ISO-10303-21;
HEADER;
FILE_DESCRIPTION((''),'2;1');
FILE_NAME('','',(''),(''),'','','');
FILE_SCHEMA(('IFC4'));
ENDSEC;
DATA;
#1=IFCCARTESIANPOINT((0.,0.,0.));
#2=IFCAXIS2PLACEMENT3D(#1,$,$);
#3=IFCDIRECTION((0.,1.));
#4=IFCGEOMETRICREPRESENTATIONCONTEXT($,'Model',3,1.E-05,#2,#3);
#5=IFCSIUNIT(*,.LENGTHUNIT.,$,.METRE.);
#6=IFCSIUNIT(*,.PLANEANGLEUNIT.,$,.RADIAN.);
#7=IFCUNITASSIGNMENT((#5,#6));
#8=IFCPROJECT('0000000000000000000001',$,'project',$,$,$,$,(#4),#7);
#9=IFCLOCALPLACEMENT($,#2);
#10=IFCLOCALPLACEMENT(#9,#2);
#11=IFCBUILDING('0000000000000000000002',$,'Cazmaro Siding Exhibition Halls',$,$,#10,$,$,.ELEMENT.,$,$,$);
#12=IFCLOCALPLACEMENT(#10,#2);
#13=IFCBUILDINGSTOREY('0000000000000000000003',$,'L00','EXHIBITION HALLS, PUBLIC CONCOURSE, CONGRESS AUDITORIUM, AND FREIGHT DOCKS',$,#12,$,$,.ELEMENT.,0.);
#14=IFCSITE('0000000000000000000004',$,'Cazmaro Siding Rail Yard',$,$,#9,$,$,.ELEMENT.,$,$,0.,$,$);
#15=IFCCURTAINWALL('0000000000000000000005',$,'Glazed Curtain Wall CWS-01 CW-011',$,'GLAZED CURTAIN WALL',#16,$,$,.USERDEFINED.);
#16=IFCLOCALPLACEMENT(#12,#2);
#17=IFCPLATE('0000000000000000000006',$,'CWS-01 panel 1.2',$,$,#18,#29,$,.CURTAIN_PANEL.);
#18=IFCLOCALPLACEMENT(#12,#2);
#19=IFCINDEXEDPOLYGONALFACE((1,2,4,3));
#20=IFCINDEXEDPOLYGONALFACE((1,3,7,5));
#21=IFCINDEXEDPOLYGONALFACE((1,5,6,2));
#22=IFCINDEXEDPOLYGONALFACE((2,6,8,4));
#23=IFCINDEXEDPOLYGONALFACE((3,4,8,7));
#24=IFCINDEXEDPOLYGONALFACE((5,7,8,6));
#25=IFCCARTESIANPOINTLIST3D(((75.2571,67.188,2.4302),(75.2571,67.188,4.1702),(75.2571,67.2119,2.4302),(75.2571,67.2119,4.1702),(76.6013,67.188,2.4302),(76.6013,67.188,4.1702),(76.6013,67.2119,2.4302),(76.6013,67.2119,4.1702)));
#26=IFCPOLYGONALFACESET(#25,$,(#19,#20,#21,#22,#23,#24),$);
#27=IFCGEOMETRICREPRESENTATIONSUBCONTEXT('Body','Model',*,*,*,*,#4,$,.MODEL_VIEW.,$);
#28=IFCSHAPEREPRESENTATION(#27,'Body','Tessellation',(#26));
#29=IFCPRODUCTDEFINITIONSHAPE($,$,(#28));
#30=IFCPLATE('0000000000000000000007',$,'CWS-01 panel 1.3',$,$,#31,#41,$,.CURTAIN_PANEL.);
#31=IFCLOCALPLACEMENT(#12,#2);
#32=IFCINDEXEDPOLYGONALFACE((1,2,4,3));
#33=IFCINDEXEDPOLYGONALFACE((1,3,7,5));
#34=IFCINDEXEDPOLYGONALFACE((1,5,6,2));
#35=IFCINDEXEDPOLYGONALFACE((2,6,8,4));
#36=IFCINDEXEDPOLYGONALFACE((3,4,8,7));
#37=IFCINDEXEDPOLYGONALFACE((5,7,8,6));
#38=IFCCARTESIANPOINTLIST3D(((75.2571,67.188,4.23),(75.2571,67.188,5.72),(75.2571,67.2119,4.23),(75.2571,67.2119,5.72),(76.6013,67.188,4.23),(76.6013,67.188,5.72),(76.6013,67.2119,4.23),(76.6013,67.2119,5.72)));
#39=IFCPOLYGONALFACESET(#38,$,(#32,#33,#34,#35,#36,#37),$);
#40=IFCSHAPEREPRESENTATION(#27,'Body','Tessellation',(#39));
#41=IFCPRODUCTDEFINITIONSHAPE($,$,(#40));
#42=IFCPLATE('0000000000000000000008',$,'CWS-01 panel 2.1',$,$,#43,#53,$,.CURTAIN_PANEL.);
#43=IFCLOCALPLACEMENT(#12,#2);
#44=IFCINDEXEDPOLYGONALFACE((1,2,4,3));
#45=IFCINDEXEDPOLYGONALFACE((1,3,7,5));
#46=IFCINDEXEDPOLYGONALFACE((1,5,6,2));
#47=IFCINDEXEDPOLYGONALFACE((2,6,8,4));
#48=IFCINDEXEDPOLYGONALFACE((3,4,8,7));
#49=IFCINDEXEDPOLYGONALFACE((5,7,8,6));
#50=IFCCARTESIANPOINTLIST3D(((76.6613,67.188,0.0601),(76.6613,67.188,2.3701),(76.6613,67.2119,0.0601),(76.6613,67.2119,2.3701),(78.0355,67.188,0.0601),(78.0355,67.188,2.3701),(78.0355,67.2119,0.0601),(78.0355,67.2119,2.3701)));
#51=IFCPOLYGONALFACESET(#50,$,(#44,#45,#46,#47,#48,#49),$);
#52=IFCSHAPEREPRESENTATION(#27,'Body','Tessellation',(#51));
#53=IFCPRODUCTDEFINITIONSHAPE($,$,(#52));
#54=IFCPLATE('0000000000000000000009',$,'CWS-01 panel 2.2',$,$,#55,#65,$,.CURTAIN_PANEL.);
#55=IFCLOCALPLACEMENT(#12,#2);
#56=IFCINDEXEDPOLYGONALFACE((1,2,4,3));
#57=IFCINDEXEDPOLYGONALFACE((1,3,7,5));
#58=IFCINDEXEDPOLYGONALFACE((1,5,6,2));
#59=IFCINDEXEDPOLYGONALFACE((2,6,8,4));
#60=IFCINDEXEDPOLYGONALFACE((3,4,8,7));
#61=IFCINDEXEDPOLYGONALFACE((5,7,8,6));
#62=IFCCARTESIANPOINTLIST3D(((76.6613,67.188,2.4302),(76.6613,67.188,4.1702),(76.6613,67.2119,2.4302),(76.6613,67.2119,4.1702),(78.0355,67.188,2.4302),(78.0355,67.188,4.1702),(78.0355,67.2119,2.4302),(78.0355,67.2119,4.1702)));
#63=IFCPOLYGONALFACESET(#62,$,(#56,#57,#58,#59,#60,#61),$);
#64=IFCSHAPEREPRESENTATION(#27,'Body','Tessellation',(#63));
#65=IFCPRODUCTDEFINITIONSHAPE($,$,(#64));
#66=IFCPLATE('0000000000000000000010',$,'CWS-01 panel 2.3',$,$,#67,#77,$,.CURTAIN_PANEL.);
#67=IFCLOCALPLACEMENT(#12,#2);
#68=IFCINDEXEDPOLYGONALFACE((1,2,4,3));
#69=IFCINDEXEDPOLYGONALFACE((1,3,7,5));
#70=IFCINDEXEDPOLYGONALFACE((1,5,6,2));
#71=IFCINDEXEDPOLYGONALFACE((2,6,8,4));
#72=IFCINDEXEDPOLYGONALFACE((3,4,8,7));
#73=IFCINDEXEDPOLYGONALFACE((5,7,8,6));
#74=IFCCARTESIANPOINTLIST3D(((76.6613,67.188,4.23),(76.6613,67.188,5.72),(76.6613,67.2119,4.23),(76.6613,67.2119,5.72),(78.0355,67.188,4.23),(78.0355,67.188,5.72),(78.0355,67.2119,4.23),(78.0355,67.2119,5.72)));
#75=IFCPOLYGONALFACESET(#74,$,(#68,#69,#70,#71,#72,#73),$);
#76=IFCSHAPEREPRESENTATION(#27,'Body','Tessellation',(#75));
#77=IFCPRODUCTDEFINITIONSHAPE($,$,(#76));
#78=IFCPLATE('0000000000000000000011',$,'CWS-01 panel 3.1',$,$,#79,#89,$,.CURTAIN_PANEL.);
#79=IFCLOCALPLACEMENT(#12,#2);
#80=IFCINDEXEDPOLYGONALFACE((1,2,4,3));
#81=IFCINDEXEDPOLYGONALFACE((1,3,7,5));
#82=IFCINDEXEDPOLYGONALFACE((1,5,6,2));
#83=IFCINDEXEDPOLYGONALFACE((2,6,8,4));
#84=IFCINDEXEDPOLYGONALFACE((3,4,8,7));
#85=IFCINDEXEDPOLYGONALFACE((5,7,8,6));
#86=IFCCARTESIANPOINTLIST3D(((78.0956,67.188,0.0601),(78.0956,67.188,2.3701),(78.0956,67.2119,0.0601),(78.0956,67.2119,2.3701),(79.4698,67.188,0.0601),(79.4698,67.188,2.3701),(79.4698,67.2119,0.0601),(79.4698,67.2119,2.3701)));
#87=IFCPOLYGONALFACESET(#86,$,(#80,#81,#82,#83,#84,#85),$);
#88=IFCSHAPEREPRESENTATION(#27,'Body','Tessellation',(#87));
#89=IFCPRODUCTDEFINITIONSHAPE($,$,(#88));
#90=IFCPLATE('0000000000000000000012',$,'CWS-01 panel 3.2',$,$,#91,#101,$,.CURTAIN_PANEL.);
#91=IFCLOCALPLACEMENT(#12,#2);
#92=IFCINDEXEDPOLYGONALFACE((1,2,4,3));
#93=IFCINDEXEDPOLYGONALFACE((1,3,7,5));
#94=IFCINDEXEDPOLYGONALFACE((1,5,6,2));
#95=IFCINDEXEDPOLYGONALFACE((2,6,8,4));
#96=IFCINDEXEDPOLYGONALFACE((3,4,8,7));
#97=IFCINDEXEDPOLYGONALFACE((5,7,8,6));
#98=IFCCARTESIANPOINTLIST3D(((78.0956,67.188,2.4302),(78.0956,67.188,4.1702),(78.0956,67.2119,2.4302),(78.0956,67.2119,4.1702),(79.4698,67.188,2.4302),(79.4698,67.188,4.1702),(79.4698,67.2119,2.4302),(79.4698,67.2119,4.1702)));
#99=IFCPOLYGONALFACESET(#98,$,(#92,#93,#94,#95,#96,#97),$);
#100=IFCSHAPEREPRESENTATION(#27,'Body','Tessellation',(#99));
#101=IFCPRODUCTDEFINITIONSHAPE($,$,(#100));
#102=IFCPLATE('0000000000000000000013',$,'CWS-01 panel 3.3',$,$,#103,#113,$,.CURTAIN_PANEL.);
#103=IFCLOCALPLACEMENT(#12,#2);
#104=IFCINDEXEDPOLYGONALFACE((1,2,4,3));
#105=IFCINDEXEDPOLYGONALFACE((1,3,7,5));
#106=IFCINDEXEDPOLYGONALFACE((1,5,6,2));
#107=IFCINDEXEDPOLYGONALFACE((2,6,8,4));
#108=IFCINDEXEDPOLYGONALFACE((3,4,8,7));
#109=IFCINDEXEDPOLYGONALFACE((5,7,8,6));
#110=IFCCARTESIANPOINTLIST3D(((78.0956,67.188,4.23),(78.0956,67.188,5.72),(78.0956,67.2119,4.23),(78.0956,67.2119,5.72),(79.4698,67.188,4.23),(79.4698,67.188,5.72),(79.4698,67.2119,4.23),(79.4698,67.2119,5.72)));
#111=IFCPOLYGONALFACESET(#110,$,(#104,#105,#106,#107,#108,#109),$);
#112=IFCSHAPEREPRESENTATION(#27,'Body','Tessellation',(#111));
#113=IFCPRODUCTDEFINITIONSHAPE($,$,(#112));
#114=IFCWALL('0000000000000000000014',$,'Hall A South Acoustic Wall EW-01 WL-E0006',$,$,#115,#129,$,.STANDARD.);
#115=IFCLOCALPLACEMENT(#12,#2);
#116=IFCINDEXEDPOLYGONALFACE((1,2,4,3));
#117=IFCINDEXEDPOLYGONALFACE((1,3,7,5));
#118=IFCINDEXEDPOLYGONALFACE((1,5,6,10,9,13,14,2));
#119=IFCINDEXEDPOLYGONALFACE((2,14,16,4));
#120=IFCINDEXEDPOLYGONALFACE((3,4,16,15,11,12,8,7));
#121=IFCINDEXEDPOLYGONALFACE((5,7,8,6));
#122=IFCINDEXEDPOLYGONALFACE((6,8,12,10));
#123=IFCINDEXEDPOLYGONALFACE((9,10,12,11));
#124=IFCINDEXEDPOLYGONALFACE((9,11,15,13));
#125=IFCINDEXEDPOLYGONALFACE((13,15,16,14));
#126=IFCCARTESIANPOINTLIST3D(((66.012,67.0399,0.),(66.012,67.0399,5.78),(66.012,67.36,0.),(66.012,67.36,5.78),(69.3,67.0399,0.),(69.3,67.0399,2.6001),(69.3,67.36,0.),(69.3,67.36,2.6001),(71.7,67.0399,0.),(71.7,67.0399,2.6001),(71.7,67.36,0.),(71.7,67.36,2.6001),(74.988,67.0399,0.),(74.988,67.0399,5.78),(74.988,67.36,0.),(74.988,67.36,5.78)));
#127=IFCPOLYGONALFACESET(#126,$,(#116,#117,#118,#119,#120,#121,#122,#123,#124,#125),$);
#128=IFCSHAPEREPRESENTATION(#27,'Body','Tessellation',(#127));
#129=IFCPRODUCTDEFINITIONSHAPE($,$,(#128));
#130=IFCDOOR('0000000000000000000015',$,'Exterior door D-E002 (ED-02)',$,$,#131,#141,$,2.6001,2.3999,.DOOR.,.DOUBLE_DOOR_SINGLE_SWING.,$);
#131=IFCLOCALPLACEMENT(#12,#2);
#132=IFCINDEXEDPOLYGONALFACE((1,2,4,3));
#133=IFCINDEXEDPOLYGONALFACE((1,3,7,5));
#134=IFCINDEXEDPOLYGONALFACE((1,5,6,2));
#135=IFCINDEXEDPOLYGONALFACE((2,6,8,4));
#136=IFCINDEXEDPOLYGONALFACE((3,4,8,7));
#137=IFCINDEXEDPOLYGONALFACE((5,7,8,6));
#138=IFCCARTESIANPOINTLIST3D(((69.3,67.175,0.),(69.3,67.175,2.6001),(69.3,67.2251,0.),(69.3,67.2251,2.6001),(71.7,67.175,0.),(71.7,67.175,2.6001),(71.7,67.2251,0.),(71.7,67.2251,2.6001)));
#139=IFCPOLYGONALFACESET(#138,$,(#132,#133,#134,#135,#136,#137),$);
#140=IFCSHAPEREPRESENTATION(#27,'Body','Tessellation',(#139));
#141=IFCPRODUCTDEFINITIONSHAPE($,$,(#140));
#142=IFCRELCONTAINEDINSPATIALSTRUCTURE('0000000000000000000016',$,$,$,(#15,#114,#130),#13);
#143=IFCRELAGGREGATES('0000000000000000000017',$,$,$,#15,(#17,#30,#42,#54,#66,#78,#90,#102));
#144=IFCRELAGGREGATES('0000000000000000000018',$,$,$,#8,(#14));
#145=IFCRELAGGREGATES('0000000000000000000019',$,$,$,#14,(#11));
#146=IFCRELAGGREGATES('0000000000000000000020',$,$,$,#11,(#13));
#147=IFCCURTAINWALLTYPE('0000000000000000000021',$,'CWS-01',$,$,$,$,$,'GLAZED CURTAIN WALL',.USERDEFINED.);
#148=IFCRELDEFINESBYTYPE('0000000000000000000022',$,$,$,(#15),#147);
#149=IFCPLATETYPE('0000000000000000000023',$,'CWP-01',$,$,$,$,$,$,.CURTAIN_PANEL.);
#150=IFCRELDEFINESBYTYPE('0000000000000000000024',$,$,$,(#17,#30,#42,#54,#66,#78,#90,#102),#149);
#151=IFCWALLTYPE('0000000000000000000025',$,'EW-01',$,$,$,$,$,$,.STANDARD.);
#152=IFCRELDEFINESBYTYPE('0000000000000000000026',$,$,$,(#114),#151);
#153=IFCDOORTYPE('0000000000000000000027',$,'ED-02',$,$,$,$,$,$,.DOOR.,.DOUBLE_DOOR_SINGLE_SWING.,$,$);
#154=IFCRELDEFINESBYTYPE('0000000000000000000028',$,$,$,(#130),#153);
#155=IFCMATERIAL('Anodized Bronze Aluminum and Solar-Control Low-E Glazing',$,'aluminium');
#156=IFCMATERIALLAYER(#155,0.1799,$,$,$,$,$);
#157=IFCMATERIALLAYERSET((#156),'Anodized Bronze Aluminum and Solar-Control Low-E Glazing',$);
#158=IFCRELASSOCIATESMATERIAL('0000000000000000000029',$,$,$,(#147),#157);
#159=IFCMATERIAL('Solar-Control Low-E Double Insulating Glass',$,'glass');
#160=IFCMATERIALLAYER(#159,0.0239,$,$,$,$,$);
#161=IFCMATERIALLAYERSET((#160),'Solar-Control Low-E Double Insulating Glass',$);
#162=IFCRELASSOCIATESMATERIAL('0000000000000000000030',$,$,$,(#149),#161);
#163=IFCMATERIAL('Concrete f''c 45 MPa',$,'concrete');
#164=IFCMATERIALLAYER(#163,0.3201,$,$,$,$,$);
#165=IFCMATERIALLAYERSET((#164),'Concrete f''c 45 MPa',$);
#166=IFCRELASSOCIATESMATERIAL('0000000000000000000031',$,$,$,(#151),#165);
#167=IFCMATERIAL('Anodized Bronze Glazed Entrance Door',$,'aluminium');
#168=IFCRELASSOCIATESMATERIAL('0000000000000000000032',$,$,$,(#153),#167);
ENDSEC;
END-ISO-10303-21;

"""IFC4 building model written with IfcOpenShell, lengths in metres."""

from ifc_helpers import new_model, si_unit, direction, frame, frame_2d, origin, origin_2d, place, context, subcontext, project, spatial, rectangle, extrude, material, layer, layer_set, type_object, element, fill, aggregate, save


model = new_model("IFC4")

# Units and contexts
model_context = context("Model", 3, precision=1e-05, world=origin(), true_north=direction((0.0, 1.0)))
body_context = subcontext(model_context, "Body", "Model", "MODEL_VIEW")
ifc_project = project(units=[si_unit("LENGTHUNIT", "METRE"), si_unit("PLANEANGLEUNIT", "RADIAN")], contexts=[model_context])

# Site, building, storey
site_placement = place(None, origin())
site = spatial("IfcSite", under=ifc_project, at=site_placement, Name="Cazmaro Siding Rail Yard", CompositionType="ELEMENT", RefElevation=0.0)
building_placement = place(site_placement, origin())
building = spatial("IfcBuilding", under=site, at=building_placement, Name="Cazmaro Siding Exhibition Halls", CompositionType="ELEMENT")
storey_placement = place(building_placement, origin())
storey = spatial("IfcBuildingStorey", under=building, at=storey_placement, Name="L00", Description="EXHIBITION HALLS, PUBLIC CONCOURSE, CONGRESS AUDITORIUM, AND FREIGHT DOCKS", CompositionType="ELEMENT", Elevation=0.0)

# Curtain wall
ifc_material_1 = material(Name="Anodized Bronze Aluminum and Solar-Control Low-E Glazing", Category="aluminium")
ifc_layer_1 = layer(ifc_material_1, 0.1799)
ifc_layer_set_1 = layer_set([ifc_layer_1], Name="Anodized Bronze Aluminum and Solar-Control Low-E Glazing")
curtain_wall_type = type_object("IfcCurtainWallType", Name="CWS-01", ElementType="GLAZED CURTAIN WALL", PredefinedType="USERDEFINED", material=ifc_layer_set_1)
curtain_wall_1_placement = place(storey_placement, origin())
curtain_wall_1 = element("IfcCurtainWall", 1, at=curtain_wall_1_placement, inside=storey, type_object=curtain_wall_type, Name="Glazed Curtain Wall CWS-01 CW-011", ObjectType="GLAZED CURTAIN WALL", PredefinedType="USERDEFINED")

# Plates
ifc_material_2 = material(Name="Solar-Control Low-E Double Insulating Glass", Category="glass")
ifc_layer_2 = layer(ifc_material_2, 0.0239)
ifc_layer_set_2 = layer_set([ifc_layer_2], Name="Solar-Control Low-E Double Insulating Glass")
plate_type = type_object("IfcPlateType", Name="CWP-01", PredefinedType="CURTAIN_PANEL", material=ifc_layer_set_2)
plate_1_placement = place(storey_placement, frame((75.9292, 67.2, 2.4302), z_axis=(0.0, 0.0, 1.0), x_axis=(1.0, 0.0, 0.0)))
plate_1 = element("IfcPlate", 2, at=plate_1_placement, type_object=plate_type, Name="CWS-01 panel 1.2", PredefinedType="CURTAIN_PANEL", context=body_context, shape_type="SweptSolid", body=[
    extrude(rectangle(XDim=1.3442, YDim=0.0239, at=origin_2d()), origin(), (0.0, 0.0, 1.0), 1.74),
])
plate_2_placement = place(storey_placement, frame((75.9292, 67.2, 4.23), z_axis=(0.0, 0.0, 1.0), x_axis=(1.0, 0.0, 0.0)))
plate_2 = element("IfcPlate", 3, at=plate_2_placement, type_object=plate_type, Name="CWS-01 panel 1.3", PredefinedType="CURTAIN_PANEL", context=body_context, shape_type="SweptSolid", body=[
    extrude(rectangle(XDim=1.3442, YDim=0.0239, at=origin_2d()), origin(), (0.0, 0.0, 1.0), 1.49),
])
plate_3_placement = place(storey_placement, frame((77.3484, 67.2, 0.0601), z_axis=(0.0, 0.0, 1.0), x_axis=(1.0, 0.0, 0.0)))
plate_3 = element("IfcPlate", 4, at=plate_3_placement, type_object=plate_type, Name="CWS-01 panel 2.1", PredefinedType="CURTAIN_PANEL", context=body_context, shape_type="SweptSolid", body=[
    extrude(rectangle(XDim=1.3743, YDim=0.0239, at=origin_2d()), origin(), (0.0, 0.0, 1.0), 2.3101),
])
plate_4_placement = place(storey_placement, frame((77.3484, 67.2, 2.4302), z_axis=(0.0, 0.0, 1.0), x_axis=(1.0, 0.0, 0.0)))
plate_4 = element("IfcPlate", 5, at=plate_4_placement, type_object=plate_type, Name="CWS-01 panel 2.2", PredefinedType="CURTAIN_PANEL", context=body_context, shape_type="SweptSolid", body=[
    extrude(rectangle(XDim=1.3743, YDim=0.0239, at=origin_2d()), origin(), (0.0, 0.0, 1.0), 1.74),
])
plate_5_placement = place(storey_placement, frame((77.3484, 67.2, 4.23), z_axis=(0.0, 0.0, 1.0), x_axis=(1.0, 0.0, 0.0)))
plate_5 = element("IfcPlate", 6, at=plate_5_placement, type_object=plate_type, Name="CWS-01 panel 2.3", PredefinedType="CURTAIN_PANEL", context=body_context, shape_type="SweptSolid", body=[
    extrude(rectangle(XDim=1.3743, YDim=0.0239, at=origin_2d()), origin(), (0.0, 0.0, 1.0), 1.49),
])
plate_6_placement = place(storey_placement, frame((78.7827, 67.2, 0.0601), z_axis=(0.0, 0.0, 1.0), x_axis=(1.0, 0.0, 0.0)))
plate_6 = element("IfcPlate", 7, at=plate_6_placement, type_object=plate_type, Name="CWS-01 panel 3.1", PredefinedType="CURTAIN_PANEL", context=body_context, shape_type="SweptSolid", body=[
    extrude(rectangle(XDim=1.3743, YDim=0.0239, at=origin_2d()), origin(), (0.0, 0.0, 1.0), 2.3101),
])
plate_7_placement = place(storey_placement, frame((78.7827, 67.2, 2.4302), z_axis=(0.0, 0.0, 1.0), x_axis=(1.0, 0.0, 0.0)))
plate_7 = element("IfcPlate", 8, at=plate_7_placement, type_object=plate_type, Name="CWS-01 panel 3.2", PredefinedType="CURTAIN_PANEL", context=body_context, shape_type="SweptSolid", body=[
    extrude(rectangle(XDim=1.3743, YDim=0.0239, at=origin_2d()), origin(), (0.0, 0.0, 1.0), 1.74),
])
plate_8_placement = place(storey_placement, frame((78.7827, 67.2, 4.23), z_axis=(0.0, 0.0, 1.0), x_axis=(1.0, 0.0, 0.0)))
plate_8 = element("IfcPlate", 9, at=plate_8_placement, type_object=plate_type, Name="CWS-01 panel 3.3", PredefinedType="CURTAIN_PANEL", context=body_context, shape_type="SweptSolid", body=[
    extrude(rectangle(XDim=1.3743, YDim=0.0239, at=origin_2d()), origin(), (0.0, 0.0, 1.0), 1.49),
])
aggregate(curtain_wall_1, [plate_1, plate_2, plate_3, plate_4, plate_5, plate_6, plate_7, plate_8])

# Wall, opening, door
ifc_material_3 = material(Name="Concrete f'c 45 MPa", Category="concrete")
ifc_layer_3 = layer(ifc_material_3, 0.3201)
ifc_layer_set_3 = layer_set([ifc_layer_3], Name="Concrete f'c 45 MPa")
wall_type = type_object("IfcWallType", Name="EW-01", PredefinedType="STANDARD", material=ifc_layer_set_3)
wall_placement = place(storey_placement, frame((74.988, 67.2, 0.0), z_axis=(0.0, 0.0, 1.0), x_axis=(-1.0, 0.0, 0.0)))
wall = element("IfcWall", 10, at=wall_placement, inside=storey, type_object=wall_type, Name="Hall A South Acoustic Wall EW-01 WL-E0006", PredefinedType="STANDARD", context=body_context, shape_type="SweptSolid", body=[
    extrude(rectangle(XDim=8.9761, YDim=0.3201, at=frame_2d((4.488, 0.0))), origin(), (0.0, 0.0, 1.0), 5.78),
])
opening_placement = place(wall_placement, frame((3.2881, 0.0, 0.0)))
opening = element("IfcOpeningElement", 11, at=opening_placement, cuts=wall, PredefinedType="OPENING", context=body_context, shape_type="SweptSolid", body=[
    extrude(rectangle(XDim=2.3999, YDim=2.6001, at=frame_2d((1.2, 1.3))), frame((0.0, 0.1699, 0.0), z_axis=(0.0, -1.0, 0.0), x_axis=(1.0, 0.0, 0.0)), (0.0, 0.0, 1.0), 0.3401),
])
ifc_material_4 = material(Name="Anodized Bronze Glazed Entrance Door", Category="aluminium")
door_type = type_object("IfcDoorType", Name="ED-02", OperationType="DOUBLE_DOOR_SINGLE_SWING", PredefinedType="DOOR", material=ifc_material_4)
door_placement = place(opening_placement, origin())
door = element("IfcDoor", 12, at=door_placement, inside=storey, type_object=door_type, Name="Exterior door D-E002 (ED-02)", OperationType="DOUBLE_DOOR_SINGLE_SWING", OverallHeight=2.6001, OverallWidth=2.3999, PredefinedType="DOOR", context=body_context, shape_type="SweptSolid", body=[
    extrude(rectangle(XDim=2.3999, YDim=2.6001, at=frame_2d((1.2, 1.3))), frame((0.0, 0.0249, 0.0), z_axis=(0.0, -1.0, 0.0), x_axis=(1.0, 0.0, 0.0)), (0.0, 0.0, 1.0), 0.05),
])
fill(opening, door)

save(model, "model.ifc")
